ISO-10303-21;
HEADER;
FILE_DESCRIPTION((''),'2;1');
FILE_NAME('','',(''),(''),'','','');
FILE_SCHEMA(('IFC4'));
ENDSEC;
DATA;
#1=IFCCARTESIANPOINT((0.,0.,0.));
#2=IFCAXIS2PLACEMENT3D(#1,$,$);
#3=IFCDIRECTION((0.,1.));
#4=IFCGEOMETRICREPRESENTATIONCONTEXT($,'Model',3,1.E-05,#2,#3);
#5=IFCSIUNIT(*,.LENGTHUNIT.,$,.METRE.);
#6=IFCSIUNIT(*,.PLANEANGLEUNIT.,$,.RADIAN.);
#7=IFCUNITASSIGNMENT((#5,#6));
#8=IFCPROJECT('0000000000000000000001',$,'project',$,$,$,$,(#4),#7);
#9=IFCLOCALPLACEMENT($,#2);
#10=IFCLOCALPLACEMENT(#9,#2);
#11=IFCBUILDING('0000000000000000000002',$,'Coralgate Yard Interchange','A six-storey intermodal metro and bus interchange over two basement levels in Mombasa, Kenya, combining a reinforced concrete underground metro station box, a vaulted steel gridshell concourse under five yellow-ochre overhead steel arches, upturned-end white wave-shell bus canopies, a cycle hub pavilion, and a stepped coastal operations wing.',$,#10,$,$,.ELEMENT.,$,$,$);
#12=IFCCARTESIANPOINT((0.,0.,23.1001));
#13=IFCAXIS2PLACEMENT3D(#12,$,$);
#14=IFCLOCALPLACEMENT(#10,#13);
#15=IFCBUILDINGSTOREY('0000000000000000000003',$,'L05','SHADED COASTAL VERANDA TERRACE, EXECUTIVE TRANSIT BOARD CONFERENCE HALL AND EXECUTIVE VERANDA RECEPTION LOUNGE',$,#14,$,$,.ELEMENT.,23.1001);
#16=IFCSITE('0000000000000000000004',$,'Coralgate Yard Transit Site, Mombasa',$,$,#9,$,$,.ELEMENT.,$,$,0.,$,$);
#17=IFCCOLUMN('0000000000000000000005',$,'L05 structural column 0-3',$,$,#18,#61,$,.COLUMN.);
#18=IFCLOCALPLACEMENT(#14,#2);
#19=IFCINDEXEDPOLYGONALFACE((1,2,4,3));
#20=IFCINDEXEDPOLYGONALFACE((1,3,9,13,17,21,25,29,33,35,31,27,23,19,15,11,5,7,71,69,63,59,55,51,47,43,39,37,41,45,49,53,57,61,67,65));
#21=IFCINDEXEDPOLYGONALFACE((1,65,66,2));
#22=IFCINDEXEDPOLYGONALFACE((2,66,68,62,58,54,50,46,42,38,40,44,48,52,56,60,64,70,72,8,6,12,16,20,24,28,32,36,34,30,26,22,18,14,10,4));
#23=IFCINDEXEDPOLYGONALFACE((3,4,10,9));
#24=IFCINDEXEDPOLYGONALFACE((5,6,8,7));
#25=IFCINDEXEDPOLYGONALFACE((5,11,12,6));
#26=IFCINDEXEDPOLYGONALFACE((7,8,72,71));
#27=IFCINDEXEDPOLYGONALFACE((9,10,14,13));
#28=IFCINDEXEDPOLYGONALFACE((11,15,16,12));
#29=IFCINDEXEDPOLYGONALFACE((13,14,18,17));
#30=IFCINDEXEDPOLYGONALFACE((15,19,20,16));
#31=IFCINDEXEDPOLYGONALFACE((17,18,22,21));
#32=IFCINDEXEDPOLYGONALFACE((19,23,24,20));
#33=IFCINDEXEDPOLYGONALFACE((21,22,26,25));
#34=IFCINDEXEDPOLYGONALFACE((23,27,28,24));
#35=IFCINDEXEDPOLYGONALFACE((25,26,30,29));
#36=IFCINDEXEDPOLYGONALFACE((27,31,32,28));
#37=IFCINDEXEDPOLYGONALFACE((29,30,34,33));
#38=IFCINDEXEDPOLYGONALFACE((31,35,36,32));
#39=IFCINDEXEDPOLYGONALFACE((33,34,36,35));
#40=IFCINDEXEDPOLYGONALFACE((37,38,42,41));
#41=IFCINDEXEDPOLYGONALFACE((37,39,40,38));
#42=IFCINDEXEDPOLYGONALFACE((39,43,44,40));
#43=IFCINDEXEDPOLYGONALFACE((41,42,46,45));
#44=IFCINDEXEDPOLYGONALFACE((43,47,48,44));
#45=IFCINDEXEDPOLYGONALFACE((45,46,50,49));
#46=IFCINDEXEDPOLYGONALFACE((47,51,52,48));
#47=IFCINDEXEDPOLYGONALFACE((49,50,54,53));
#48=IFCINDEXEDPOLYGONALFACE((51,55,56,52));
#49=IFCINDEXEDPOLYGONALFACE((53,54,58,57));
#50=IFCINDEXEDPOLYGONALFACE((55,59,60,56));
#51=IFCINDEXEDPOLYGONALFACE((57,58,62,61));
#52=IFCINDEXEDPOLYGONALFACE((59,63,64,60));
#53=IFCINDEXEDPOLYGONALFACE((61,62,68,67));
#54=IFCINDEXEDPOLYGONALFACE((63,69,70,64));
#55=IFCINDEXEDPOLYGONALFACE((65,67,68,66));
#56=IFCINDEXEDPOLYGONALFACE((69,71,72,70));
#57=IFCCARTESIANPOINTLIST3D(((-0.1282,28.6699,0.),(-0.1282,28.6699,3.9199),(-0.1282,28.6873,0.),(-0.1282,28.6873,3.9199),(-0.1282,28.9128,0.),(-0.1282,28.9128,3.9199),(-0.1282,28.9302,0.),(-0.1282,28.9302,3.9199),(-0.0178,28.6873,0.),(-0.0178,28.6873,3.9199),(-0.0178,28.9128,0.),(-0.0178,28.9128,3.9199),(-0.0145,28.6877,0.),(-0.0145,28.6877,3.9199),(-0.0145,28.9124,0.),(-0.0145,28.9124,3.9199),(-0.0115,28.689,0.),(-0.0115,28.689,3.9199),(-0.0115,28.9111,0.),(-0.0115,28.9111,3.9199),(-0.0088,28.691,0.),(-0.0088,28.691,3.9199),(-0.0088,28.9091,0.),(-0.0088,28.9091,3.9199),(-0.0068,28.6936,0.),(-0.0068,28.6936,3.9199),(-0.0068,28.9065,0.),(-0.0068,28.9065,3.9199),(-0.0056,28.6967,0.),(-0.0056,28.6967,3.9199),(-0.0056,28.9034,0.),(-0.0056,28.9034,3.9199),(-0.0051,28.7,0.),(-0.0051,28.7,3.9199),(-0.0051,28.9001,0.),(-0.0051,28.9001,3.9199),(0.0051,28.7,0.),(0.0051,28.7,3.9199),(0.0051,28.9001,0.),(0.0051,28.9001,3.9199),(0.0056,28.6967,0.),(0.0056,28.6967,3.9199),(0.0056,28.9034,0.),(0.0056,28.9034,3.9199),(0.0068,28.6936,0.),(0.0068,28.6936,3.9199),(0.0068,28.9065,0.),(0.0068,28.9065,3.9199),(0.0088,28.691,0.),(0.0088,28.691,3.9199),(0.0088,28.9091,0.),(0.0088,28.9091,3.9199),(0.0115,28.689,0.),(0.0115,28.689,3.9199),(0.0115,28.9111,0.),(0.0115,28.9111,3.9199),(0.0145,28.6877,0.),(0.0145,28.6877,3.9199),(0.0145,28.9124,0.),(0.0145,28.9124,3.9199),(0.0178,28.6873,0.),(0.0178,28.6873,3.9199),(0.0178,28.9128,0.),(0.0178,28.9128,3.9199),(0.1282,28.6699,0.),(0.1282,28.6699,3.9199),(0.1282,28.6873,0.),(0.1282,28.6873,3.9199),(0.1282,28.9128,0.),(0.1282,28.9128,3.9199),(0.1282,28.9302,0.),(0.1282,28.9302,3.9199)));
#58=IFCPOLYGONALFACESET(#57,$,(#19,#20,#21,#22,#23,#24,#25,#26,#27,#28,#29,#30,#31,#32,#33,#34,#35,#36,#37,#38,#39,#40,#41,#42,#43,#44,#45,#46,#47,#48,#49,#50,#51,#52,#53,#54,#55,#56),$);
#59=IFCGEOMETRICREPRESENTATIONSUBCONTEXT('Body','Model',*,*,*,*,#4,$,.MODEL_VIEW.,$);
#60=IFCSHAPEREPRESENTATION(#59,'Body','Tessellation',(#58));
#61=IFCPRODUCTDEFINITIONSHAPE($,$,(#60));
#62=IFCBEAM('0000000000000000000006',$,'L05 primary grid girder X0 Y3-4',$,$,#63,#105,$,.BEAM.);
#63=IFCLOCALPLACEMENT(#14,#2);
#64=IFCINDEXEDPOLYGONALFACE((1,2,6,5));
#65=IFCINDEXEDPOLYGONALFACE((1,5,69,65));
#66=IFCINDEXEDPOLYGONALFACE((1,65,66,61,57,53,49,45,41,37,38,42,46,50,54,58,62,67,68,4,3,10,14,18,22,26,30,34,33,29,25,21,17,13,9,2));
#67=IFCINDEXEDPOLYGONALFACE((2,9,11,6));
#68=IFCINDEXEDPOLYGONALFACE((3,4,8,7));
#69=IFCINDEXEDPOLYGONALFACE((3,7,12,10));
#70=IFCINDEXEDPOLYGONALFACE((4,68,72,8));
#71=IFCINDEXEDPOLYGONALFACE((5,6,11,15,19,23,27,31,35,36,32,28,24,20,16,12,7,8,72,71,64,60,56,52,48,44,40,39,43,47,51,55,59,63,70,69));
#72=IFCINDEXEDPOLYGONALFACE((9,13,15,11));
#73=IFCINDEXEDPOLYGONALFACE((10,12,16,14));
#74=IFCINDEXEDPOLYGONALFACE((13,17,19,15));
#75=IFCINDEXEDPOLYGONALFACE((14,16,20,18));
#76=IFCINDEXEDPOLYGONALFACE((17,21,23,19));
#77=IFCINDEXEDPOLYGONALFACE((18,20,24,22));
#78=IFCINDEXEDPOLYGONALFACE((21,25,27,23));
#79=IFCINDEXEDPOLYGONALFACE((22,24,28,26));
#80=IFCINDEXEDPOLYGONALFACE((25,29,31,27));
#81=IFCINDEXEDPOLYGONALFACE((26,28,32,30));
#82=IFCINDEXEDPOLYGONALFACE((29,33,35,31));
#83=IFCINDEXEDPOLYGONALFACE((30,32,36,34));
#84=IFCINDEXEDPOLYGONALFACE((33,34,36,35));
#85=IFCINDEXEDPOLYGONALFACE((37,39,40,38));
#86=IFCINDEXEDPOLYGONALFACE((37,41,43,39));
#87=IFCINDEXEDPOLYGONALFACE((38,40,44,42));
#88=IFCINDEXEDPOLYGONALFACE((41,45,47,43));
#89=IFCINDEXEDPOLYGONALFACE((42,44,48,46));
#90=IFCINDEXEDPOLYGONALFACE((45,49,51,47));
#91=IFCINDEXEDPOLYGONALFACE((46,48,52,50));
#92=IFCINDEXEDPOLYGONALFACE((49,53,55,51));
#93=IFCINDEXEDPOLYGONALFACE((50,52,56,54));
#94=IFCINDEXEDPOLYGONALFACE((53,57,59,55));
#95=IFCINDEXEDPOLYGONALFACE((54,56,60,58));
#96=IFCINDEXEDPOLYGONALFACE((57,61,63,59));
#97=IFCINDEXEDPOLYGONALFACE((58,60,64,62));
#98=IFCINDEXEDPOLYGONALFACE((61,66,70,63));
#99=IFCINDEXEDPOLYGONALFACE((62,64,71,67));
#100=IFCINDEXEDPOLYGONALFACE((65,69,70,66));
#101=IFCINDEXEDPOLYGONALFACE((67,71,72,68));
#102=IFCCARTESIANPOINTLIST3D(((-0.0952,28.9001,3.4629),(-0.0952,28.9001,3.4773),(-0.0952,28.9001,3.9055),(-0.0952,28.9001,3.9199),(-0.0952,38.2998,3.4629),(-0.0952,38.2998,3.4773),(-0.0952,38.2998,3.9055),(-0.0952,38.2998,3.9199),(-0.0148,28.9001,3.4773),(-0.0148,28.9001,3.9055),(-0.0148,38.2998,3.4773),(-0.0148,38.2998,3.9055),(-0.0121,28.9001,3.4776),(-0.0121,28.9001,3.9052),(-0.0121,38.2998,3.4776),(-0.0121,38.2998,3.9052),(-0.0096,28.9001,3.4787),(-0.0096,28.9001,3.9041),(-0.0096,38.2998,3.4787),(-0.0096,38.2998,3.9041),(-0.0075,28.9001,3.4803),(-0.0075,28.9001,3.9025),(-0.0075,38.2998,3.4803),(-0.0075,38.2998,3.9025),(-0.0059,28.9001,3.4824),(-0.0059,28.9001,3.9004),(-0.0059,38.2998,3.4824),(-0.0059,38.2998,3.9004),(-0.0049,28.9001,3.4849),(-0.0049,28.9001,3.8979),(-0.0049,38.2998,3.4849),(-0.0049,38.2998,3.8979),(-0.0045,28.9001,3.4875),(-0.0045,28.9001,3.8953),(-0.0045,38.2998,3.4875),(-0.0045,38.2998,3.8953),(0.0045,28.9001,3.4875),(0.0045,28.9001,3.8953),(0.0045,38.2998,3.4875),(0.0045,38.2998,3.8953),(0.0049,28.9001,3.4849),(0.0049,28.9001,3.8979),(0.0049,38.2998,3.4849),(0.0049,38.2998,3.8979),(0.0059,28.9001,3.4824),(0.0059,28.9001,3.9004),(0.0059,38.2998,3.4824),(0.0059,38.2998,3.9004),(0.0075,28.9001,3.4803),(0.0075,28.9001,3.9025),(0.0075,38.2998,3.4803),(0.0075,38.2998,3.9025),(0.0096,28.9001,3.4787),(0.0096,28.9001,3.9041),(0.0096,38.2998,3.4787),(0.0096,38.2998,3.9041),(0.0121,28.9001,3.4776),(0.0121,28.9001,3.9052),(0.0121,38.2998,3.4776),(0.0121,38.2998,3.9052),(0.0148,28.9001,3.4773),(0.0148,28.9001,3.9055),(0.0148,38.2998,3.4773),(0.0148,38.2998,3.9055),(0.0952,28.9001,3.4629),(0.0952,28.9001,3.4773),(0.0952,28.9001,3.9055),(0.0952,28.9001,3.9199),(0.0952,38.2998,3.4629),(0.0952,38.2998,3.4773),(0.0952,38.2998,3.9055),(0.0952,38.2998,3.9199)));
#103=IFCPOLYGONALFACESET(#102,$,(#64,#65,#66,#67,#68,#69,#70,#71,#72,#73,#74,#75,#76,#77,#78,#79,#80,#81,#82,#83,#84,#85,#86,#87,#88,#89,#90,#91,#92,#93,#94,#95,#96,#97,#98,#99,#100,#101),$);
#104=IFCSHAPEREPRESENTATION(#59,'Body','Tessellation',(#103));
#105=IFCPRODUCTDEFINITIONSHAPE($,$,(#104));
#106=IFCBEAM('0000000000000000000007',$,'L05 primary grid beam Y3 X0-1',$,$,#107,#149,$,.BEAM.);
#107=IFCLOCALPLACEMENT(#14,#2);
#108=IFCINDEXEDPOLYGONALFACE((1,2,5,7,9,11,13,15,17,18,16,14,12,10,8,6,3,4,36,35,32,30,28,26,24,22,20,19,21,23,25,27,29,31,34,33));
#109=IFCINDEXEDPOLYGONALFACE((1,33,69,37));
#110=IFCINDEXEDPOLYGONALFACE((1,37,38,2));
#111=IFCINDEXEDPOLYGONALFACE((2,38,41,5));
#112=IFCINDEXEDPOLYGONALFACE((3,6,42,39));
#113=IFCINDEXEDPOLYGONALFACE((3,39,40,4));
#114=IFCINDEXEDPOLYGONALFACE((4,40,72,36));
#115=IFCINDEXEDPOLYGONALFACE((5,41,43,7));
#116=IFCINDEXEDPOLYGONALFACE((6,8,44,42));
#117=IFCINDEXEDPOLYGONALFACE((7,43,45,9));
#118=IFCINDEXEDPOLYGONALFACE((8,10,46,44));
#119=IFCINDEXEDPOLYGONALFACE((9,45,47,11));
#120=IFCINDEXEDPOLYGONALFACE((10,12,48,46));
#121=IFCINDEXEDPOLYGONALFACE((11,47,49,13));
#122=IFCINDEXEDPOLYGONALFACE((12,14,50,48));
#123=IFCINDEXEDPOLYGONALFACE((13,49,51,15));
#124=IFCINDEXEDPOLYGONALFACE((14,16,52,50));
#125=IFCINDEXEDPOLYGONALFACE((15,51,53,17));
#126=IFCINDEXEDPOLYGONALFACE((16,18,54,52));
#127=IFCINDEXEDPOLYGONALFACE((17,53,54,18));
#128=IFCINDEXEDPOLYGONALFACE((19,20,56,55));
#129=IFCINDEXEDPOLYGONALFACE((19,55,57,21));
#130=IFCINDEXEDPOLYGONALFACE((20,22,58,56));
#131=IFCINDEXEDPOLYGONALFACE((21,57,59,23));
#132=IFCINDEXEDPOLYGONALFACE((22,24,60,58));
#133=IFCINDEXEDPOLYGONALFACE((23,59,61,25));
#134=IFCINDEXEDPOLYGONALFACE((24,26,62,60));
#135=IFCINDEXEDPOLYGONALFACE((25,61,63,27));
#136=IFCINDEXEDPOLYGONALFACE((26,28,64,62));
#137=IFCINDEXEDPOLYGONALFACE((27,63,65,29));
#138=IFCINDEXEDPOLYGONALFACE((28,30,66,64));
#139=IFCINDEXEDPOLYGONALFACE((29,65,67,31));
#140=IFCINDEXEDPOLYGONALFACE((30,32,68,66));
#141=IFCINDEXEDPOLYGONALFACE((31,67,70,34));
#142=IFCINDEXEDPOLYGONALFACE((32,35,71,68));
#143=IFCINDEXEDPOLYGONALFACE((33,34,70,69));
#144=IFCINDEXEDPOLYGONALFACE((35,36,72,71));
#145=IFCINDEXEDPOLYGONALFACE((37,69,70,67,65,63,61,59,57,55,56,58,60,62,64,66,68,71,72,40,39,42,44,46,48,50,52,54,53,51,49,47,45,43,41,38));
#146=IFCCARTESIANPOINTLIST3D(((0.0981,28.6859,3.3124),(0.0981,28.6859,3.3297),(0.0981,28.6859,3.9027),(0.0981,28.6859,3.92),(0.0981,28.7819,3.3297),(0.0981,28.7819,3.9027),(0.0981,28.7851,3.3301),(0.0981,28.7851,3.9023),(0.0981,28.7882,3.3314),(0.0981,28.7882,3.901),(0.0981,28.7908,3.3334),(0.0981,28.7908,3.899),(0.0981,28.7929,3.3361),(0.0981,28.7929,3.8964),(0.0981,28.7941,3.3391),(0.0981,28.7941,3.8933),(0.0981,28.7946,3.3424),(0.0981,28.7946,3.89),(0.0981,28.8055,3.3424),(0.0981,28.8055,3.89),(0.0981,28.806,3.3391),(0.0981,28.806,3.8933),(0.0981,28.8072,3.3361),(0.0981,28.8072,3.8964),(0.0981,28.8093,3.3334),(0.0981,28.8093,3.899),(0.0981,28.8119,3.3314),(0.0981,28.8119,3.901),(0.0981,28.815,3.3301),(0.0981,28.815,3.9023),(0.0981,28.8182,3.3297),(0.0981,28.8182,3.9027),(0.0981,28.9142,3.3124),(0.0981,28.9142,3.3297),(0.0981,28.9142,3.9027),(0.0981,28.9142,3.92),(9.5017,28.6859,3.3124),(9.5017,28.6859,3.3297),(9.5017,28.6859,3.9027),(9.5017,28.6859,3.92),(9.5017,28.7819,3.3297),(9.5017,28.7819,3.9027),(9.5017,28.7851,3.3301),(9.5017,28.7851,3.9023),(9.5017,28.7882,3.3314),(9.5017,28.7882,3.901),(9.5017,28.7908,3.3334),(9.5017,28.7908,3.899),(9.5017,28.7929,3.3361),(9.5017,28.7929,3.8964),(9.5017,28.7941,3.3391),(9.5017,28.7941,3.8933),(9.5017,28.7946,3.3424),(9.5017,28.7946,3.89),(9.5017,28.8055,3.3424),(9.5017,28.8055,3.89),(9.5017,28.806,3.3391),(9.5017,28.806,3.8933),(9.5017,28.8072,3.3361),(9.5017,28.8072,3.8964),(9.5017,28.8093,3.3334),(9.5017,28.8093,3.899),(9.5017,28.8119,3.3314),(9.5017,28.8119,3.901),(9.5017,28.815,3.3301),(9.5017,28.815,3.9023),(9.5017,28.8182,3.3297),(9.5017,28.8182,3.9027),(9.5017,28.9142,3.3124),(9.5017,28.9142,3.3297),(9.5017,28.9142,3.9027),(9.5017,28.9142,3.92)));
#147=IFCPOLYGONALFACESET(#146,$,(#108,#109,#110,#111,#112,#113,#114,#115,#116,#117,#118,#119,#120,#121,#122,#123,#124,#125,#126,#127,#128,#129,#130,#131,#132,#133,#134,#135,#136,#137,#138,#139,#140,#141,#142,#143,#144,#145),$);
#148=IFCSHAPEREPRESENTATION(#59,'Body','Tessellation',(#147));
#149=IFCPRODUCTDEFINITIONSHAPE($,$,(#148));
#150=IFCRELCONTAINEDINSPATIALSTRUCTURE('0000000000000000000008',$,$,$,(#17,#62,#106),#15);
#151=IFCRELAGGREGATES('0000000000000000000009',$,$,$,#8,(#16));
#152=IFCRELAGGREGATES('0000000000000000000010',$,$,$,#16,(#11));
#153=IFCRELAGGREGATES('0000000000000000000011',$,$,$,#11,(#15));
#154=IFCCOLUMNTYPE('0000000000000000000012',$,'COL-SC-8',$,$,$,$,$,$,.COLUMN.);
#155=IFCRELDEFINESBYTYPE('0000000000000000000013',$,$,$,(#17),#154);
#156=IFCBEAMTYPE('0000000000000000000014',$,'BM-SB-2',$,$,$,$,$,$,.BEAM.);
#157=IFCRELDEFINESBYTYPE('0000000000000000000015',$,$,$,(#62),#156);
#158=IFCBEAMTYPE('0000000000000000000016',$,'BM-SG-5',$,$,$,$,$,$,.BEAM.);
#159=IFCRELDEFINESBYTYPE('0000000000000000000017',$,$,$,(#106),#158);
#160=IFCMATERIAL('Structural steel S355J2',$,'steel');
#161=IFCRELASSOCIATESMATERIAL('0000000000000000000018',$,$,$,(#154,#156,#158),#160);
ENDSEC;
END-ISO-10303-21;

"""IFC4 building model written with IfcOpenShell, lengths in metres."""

from ifc_helpers import new_model, si_unit, direction, frame, origin, origin_2d, place, context, subcontext, project, spatial, i_section, extrude, material, material_profile, profile_set, type_object, element, save


model = new_model("IFC4")

# Units and contexts
model_context = context("Model", 3, precision=1e-05, world=origin(), true_north=direction((0.0, 1.0)))
body_context = subcontext(model_context, "Body", "Model", "MODEL_VIEW")
ifc_project = project(units=[si_unit("LENGTHUNIT", "METRE"), si_unit("PLANEANGLEUNIT", "RADIAN")], contexts=[model_context])

# Site, building, storey
site_placement = place(None, origin())
site = spatial("IfcSite", under=ifc_project, at=site_placement, Name="Coralgate Yard Transit Site, Mombasa", CompositionType="ELEMENT", RefElevation=0.0)
building_placement = place(site_placement, origin())
building = spatial("IfcBuilding", under=site, at=building_placement, Name="Coralgate Yard Interchange", Description="A six-storey intermodal metro and bus interchange over two basement levels in Mombasa, Kenya, combining a reinforced concrete underground metro station box, a vaulted steel gridshell concourse under five yellow-ochre overhead steel arches, upturned-end white wave-shell bus canopies, a cycle hub pavilion, and a stepped coastal operations wing.", CompositionType="ELEMENT")
storey_placement = place(building_placement, frame((0.0, 0.0, 23.1001)))
storey = spatial("IfcBuildingStorey", under=building, at=storey_placement, Name="L05", Description="SHADED COASTAL VERANDA TERRACE, EXECUTIVE TRANSIT BOARD CONFERENCE HALL AND EXECUTIVE VERANDA RECEPTION LOUNGE", CompositionType="ELEMENT", Elevation=23.1001)

# Column
ifc_material_1 = material(Name="Structural steel S355J2", Category="steel")
ifc_material_profile_1 = material_profile(ifc_material_1, i_section(OverallWidth=0.2563, OverallDepth=0.2603, WebThickness=0.0103, FlangeThickness=0.0173, FilletRadius=0.0127, at=origin_2d()), Name="UC 254x254x89")
ifc_profile_set_1 = profile_set([ifc_material_profile_1], Name="Structural steel S355J2")
column_type = type_object("IfcColumnType", Name="COL-SC-8", PredefinedType="COLUMN", material=ifc_profile_set_1)
column_placement = place(storey_placement, frame((0.0, 28.8, 0.0), z_axis=(0.0, 0.0, 1.0), x_axis=(1.0, 0.0, 0.0)))
element("IfcColumn", 1, at=column_placement, inside=storey, type_object=column_type, Name="L05 structural column 0-3", PredefinedType="COLUMN", context=body_context, shape_type="SweptSolid", body=[
    extrude(i_section(OverallWidth=0.2563, OverallDepth=0.2603, WebThickness=0.0103, FlangeThickness=0.0173, FilletRadius=0.0127, at=origin_2d()), origin(), (0.0, 0.0, 1.0), 3.9199),
])

# Beams
ifc_material_profile_2 = material_profile(ifc_material_1, i_section(OverallWidth=0.1904, OverallDepth=0.457, WebThickness=0.009, FlangeThickness=0.0144, FilletRadius=0.0103, at=origin_2d()), Name="UB 457x191x74")
ifc_profile_set_2 = profile_set([ifc_material_profile_2], Name="Structural steel S355J2")
beam_type_1 = type_object("IfcBeamType", Name="BM-SB-2", PredefinedType="BEAM", material=ifc_profile_set_2)
beam_1_placement = place(storey_placement, frame((0.0, 28.9001, 3.6914), z_axis=(0.0, 1.0, 0.0), x_axis=(-1.0, 0.0, 0.0)))
element("IfcBeam", 2, at=beam_1_placement, inside=storey, type_object=beam_type_1, Name="L05 primary grid girder X0 Y3-4", PredefinedType="BEAM", context=body_context, shape_type="SweptSolid", body=[
    extrude(i_section(OverallWidth=0.1904, OverallDepth=0.457, WebThickness=0.009, FlangeThickness=0.0144, FilletRadius=0.0103, at=origin_2d()), origin(), (0.0, 0.0, 1.0), 9.3997),
])
ifc_material_profile_3 = material_profile(ifc_material_1, i_section(OverallWidth=0.2283, OverallDepth=0.6077, WebThickness=0.011, FlangeThickness=0.0173, FilletRadius=0.0127, at=origin_2d()), Name="UB 610x229x113")
ifc_profile_set_3 = profile_set([ifc_material_profile_3], Name="Structural steel S355J2")
beam_type_2 = type_object("IfcBeamType", Name="BM-SG-5", PredefinedType="BEAM", material=ifc_profile_set_3)
beam_2_placement = place(storey_placement, frame((0.0981, 28.8, 3.6162), z_axis=(1.0, 0.0, 0.0), x_axis=(0.0, 1.0, 0.0)))
element("IfcBeam", 3, at=beam_2_placement, inside=storey, type_object=beam_type_2, Name="L05 primary grid beam Y3 X0-1", PredefinedType="BEAM", context=body_context, shape_type="SweptSolid", body=[
    extrude(i_section(OverallWidth=0.2283, OverallDepth=0.6077, WebThickness=0.011, FlangeThickness=0.0173, FilletRadius=0.0127, at=origin_2d()), origin(), (0.0, 0.0, 1.0), 9.4036),
])

save(model, "model.ifc")
